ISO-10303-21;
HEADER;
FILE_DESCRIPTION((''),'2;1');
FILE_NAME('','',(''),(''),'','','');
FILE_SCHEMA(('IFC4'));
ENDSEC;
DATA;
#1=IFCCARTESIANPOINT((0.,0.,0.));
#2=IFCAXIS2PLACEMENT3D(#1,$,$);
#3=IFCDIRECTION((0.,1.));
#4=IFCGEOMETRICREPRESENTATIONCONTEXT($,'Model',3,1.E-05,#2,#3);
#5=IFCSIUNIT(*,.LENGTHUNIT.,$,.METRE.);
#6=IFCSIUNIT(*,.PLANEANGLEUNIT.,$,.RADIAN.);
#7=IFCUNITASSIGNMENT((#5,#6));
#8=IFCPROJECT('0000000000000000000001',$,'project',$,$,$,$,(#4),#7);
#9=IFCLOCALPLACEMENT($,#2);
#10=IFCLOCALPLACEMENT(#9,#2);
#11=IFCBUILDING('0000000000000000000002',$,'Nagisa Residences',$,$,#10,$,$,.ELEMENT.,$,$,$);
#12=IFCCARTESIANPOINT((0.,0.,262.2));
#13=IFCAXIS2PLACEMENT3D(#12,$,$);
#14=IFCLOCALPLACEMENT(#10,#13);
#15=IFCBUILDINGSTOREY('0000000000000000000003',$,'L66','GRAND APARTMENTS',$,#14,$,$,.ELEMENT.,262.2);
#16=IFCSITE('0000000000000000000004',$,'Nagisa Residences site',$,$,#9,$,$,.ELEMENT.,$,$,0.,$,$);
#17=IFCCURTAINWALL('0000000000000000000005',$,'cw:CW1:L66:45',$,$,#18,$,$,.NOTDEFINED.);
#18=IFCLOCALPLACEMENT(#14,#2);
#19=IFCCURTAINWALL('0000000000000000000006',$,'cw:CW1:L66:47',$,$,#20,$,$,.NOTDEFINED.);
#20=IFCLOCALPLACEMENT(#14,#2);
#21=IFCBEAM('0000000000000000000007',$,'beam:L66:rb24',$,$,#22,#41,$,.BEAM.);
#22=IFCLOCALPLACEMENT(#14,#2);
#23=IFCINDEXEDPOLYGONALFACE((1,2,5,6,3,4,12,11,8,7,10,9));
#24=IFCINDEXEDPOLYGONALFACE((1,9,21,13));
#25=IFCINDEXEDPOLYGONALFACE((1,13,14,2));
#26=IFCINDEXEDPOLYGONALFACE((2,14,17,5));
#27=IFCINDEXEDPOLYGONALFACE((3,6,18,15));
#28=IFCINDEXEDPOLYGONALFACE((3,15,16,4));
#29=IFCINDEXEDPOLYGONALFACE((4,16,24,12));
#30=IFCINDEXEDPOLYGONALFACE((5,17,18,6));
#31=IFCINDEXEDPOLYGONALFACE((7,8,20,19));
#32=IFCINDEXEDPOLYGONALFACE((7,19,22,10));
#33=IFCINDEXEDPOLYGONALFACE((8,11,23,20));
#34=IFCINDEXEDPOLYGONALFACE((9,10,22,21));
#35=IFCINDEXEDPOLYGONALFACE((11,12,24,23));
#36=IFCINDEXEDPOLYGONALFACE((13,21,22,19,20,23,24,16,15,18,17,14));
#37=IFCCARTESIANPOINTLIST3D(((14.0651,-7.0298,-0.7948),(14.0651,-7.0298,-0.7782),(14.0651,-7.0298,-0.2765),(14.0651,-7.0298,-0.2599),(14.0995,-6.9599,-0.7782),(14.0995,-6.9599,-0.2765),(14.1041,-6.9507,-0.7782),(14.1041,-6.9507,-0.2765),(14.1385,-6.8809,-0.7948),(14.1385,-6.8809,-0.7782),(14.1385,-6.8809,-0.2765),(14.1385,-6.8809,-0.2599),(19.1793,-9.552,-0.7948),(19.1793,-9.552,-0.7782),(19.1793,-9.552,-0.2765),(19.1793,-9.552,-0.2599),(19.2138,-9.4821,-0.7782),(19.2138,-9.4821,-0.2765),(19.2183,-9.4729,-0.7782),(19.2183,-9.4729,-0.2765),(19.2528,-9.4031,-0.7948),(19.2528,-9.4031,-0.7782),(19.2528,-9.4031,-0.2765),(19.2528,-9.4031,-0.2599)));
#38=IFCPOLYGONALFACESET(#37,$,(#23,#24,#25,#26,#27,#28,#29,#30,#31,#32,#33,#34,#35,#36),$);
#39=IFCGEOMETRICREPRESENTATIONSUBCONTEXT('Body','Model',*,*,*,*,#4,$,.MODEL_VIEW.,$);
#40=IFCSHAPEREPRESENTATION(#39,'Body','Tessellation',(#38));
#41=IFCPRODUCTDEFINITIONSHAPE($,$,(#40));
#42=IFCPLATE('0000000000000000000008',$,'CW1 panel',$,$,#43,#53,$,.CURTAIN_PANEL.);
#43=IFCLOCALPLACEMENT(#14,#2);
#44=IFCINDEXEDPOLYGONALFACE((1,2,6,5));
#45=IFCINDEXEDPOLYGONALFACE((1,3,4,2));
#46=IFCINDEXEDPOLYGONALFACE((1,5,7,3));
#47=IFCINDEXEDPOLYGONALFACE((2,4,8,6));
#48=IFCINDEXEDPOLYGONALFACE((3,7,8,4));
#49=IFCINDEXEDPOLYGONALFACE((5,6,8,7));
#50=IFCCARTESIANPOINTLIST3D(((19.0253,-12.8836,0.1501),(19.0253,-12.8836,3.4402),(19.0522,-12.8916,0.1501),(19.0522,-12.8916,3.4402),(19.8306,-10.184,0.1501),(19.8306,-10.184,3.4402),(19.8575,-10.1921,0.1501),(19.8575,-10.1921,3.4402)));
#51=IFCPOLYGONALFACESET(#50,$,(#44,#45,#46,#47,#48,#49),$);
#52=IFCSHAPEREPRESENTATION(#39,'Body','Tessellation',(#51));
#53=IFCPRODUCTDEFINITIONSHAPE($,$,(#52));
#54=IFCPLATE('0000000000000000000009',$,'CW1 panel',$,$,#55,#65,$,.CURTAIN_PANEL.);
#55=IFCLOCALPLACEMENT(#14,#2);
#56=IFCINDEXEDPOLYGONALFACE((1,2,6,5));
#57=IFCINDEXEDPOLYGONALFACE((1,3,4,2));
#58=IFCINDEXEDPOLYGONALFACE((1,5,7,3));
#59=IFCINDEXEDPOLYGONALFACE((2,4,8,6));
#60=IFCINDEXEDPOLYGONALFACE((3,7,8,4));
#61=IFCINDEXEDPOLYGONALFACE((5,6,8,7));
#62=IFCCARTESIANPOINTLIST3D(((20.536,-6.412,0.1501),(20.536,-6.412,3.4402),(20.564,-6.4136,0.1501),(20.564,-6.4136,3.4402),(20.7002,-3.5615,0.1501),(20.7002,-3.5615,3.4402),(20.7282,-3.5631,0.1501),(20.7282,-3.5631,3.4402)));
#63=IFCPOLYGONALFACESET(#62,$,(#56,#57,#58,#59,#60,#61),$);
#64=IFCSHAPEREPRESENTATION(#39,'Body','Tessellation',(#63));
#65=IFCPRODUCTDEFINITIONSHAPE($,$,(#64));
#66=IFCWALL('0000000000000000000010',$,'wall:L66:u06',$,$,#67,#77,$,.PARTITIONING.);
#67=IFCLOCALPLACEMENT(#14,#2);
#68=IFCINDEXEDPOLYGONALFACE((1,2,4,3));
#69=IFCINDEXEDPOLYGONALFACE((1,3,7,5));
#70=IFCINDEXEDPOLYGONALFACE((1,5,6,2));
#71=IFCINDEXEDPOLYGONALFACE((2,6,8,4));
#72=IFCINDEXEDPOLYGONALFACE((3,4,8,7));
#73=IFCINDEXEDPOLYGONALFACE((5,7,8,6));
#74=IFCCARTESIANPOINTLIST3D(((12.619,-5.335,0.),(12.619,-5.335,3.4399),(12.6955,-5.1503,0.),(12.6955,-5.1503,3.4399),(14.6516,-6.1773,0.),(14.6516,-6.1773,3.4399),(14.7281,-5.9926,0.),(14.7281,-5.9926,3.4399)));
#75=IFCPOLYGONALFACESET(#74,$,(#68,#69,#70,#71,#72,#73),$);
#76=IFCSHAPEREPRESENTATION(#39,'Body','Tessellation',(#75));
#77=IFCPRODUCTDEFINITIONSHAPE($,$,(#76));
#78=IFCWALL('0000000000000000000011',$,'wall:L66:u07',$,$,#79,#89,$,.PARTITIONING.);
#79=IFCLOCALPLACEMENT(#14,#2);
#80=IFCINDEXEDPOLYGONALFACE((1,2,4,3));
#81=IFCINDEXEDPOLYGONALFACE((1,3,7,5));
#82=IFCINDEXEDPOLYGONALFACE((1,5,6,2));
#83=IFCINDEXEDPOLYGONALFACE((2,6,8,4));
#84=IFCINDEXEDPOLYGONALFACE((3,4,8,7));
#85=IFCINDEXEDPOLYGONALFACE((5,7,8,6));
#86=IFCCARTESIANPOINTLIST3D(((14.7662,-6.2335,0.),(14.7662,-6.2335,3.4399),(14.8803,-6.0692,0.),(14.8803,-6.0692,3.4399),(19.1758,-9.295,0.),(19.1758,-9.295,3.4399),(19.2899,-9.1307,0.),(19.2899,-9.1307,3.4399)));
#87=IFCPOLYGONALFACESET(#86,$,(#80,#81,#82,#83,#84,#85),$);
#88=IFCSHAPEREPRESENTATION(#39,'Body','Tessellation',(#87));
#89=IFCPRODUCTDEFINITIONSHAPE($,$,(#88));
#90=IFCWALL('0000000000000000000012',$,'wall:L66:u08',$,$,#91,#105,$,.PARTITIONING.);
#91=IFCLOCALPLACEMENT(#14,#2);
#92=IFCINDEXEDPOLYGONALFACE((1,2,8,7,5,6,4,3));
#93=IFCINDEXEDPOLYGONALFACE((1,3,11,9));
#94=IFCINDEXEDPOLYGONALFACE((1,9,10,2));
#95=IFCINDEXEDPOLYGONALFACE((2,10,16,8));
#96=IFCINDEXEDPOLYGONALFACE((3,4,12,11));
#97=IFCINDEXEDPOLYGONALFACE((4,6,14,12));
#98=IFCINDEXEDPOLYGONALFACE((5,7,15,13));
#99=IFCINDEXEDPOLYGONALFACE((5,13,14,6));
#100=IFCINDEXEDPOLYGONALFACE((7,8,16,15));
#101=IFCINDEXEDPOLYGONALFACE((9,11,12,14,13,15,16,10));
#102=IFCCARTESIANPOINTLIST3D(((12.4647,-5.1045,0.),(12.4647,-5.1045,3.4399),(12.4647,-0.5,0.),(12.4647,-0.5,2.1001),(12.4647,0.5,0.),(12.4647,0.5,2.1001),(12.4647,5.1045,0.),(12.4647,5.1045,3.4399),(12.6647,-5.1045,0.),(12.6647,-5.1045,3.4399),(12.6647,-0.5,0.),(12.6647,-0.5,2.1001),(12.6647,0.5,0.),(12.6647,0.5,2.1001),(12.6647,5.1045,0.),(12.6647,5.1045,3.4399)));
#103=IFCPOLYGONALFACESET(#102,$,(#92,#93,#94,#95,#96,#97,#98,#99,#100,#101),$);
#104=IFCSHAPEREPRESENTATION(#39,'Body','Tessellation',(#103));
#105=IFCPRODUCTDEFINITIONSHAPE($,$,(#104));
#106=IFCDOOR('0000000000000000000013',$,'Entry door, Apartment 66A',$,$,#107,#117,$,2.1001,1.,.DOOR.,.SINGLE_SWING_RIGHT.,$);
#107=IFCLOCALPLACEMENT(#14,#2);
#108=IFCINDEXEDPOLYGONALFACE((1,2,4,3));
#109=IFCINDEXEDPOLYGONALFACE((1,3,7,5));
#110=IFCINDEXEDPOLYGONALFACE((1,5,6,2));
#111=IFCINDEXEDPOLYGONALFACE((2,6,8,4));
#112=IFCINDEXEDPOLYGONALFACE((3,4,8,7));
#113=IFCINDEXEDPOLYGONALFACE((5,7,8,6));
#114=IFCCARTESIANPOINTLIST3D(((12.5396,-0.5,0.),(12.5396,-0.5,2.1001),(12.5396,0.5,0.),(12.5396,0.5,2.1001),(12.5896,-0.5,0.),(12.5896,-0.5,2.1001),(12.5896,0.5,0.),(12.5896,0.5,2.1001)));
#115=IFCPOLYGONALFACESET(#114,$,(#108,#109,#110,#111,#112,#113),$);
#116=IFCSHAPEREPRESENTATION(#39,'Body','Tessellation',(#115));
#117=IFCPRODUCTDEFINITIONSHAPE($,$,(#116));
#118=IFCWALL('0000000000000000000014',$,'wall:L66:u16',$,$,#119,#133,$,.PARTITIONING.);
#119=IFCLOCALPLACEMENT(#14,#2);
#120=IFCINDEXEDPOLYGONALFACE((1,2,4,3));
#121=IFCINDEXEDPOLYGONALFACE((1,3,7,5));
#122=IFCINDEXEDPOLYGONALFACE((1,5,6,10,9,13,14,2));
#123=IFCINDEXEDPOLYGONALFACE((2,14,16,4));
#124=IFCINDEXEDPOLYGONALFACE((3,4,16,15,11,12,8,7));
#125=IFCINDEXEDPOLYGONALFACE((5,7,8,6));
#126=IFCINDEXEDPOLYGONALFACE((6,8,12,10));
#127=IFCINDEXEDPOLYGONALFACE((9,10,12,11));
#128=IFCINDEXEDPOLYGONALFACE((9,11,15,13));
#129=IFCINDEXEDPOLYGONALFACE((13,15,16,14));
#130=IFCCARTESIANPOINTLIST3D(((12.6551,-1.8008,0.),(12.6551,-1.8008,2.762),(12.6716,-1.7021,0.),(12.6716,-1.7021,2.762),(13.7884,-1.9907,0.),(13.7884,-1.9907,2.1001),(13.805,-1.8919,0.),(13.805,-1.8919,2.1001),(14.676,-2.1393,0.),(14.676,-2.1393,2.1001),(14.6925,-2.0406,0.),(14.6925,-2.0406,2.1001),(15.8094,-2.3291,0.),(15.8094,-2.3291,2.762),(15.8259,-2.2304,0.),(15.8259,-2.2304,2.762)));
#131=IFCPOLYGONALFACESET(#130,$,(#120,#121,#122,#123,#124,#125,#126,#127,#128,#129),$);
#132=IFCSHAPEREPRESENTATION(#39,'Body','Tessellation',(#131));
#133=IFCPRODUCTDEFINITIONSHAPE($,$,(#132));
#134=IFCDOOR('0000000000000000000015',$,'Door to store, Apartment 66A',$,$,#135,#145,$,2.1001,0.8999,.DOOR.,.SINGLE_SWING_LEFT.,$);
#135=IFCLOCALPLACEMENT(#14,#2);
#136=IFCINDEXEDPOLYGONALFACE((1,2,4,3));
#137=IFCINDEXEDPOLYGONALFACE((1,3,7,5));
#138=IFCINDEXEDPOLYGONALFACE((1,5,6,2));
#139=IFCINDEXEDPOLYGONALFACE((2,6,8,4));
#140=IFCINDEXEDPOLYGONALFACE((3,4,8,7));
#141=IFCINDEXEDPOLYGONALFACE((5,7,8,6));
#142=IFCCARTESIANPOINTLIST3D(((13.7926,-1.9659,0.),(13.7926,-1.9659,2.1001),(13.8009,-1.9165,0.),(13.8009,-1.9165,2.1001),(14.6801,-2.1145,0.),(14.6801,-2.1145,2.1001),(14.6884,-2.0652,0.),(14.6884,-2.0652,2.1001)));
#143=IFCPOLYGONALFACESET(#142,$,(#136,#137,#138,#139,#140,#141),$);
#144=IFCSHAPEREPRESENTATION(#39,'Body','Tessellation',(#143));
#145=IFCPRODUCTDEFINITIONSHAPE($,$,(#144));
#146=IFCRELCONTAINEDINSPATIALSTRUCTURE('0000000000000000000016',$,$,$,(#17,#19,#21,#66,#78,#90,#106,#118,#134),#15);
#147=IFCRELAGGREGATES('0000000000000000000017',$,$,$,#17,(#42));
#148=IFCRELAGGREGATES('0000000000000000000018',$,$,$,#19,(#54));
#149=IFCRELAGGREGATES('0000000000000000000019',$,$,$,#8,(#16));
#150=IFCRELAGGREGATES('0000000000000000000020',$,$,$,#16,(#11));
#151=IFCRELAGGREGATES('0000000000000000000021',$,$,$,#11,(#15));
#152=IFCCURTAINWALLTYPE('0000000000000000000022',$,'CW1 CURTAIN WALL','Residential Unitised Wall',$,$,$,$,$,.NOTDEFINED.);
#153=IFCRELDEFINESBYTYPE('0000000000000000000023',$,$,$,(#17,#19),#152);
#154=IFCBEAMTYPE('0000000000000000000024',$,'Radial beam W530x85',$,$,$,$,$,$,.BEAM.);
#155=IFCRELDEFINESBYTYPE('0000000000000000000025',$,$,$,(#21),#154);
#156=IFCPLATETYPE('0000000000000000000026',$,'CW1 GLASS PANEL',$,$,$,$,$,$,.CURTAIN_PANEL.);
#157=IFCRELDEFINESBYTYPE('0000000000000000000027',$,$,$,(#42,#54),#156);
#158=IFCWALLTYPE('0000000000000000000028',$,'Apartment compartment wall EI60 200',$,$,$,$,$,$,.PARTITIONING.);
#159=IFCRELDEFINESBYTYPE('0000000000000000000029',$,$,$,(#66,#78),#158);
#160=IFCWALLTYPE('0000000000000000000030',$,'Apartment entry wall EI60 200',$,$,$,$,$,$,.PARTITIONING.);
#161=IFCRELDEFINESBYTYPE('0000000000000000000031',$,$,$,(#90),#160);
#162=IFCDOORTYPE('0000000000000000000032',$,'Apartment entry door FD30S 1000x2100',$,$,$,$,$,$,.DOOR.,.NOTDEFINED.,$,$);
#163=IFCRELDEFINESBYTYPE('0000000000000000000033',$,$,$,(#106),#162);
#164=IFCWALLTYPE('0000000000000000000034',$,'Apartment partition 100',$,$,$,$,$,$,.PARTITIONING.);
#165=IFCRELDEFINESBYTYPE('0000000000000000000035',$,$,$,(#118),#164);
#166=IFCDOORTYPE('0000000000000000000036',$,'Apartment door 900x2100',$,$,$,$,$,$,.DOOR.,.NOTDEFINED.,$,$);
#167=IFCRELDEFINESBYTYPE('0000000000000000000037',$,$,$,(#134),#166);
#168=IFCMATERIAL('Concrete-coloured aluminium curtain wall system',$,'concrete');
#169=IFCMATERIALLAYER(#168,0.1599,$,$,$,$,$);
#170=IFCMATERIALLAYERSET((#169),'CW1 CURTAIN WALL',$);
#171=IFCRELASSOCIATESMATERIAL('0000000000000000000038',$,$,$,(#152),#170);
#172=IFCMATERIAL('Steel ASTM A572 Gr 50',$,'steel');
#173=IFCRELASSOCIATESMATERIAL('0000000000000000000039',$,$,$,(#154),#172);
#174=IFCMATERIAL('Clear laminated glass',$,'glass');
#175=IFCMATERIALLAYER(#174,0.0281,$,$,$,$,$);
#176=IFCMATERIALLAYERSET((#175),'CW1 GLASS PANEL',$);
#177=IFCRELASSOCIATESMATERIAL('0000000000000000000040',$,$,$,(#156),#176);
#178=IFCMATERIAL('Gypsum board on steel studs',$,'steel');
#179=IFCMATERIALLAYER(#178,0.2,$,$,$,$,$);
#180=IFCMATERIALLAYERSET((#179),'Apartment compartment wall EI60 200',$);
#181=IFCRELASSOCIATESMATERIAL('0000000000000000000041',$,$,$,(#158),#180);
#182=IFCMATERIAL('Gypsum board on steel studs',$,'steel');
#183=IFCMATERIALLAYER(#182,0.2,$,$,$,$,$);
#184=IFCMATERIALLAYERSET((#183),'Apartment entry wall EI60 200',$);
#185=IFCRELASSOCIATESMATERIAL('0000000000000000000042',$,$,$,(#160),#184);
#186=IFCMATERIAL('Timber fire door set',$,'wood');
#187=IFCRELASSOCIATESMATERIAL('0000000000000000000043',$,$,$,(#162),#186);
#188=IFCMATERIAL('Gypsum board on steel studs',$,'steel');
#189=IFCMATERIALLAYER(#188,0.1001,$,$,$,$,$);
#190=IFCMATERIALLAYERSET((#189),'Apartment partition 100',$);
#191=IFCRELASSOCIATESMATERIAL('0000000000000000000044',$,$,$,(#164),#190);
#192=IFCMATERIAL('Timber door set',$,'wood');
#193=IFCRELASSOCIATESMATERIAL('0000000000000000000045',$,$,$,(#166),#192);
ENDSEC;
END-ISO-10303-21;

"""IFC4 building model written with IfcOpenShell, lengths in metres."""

from ifc_helpers import new_model, si_unit, direction, frame, frame_2d, origin, origin_2d, place, context, subcontext, project, spatial, rectangle, i_section, extrude, material, layer, layer_set, material_profile, profile_set, type_object, element, fill, aggregate, save


model = new_model("IFC4")

# Units and contexts
model_context = context("Model", 3, precision=1e-05, world=origin(), true_north=direction((0.0, 1.0)))
body_context = subcontext(model_context, "Body", "Model", "MODEL_VIEW")
ifc_project = project(units=[si_unit("LENGTHUNIT", "METRE"), si_unit("PLANEANGLEUNIT", "RADIAN")], contexts=[model_context])

# Site, building, storey
site_placement = place(None, origin())
site = spatial("IfcSite", under=ifc_project, at=site_placement, Name="Nagisa Residences site", CompositionType="ELEMENT", RefElevation=0.0)
building_placement = place(site_placement, origin())
building = spatial("IfcBuilding", under=site, at=building_placement, Name="Nagisa Residences", CompositionType="ELEMENT")
storey_placement = place(building_placement, frame((0.0, 0.0, 262.2)))
storey = spatial("IfcBuildingStorey", under=building, at=storey_placement, Name="L66", Description="GRAND APARTMENTS", CompositionType="ELEMENT", Elevation=262.2)

# Curtain wall
ifc_material_1 = material(Name="Concrete-coloured aluminium curtain wall system", Category="concrete")
ifc_layer_1 = layer(ifc_material_1, 0.1599)
ifc_layer_set_1 = layer_set([ifc_layer_1], Name="CW1 CURTAIN WALL")
curtain_wall_type = type_object("IfcCurtainWallType", Name="CW1 CURTAIN WALL", Description="Residential Unitised Wall", PredefinedType="NOTDEFINED", material=ifc_layer_set_1)
curtain_wall_1_placement = place(storey_placement, origin())
curtain_wall_1 = element("IfcCurtainWall", 1, at=curtain_wall_1_placement, inside=storey, type_object=curtain_wall_type, Name="cw:CW1:L66:45", PredefinedType="NOTDEFINED")

# Curtain wall
curtain_wall_2_placement = place(storey_placement, origin())
curtain_wall_2 = element("IfcCurtainWall", 2, at=curtain_wall_2_placement, inside=storey, type_object=curtain_wall_type, Name="cw:CW1:L66:47", PredefinedType="NOTDEFINED")

# Beam
ifc_material_2 = material(Name="Steel ASTM A572 Gr 50", Category="steel")
ifc_material_profile_1 = material_profile(ifc_material_2, i_section(OverallWidth=0.166, OverallDepth=0.5349, WebThickness=0.0103, FlangeThickness=0.0166, at=origin_2d()), Name="W530x85")
ifc_profile_set_1 = profile_set([ifc_material_profile_1], Name="Steel ASTM A572 Gr 50")
beam_type_1 = type_object("IfcBeamType", Name="Radial beam W530x85", PredefinedType="BEAM", material=ifc_profile_set_1)
beam_1_placement = place(storey_placement, frame((19.2161, -9.4775, -0.5273), z_axis=(-0.896863, 0.442309, 0.0), x_axis=(-0.442309, -0.896863, 0.0)))
element("IfcBeam", 3, at=beam_1_placement, inside=storey, type_object=beam_type_1, Name="beam:L66:rb24", PredefinedType="BEAM", context=body_context, shape_type="SweptSolid", body=[
    extrude(i_section(OverallWidth=0.166, OverallDepth=0.5349, WebThickness=0.0103, FlangeThickness=0.0166, at=origin_2d()), origin(), (0.0, 0.0, 1.0), 5.7024),
])

# Plates
ifc_material_3 = material(Name="Clear laminated glass", Category="glass")
ifc_layer_2 = layer(ifc_material_3, 0.0281)
ifc_layer_set_2 = layer_set([ifc_layer_2], Name="CW1 GLASS PANEL")
plate_type = type_object("IfcPlateType", Name="CW1 GLASS PANEL", PredefinedType="CURTAIN_PANEL", material=ifc_layer_set_2)
plate_1_placement = place(storey_placement, frame((19.4414, -11.5378, 0.1501), z_axis=(0.0, 0.0, 1.0), x_axis=(0.28586, 0.958271, 0.0)))
plate_1 = element("IfcPlate", 4, at=plate_1_placement, type_object=plate_type, Name="CW1 panel", PredefinedType="CURTAIN_PANEL", context=body_context, shape_type="SweptSolid", body=[
    extrude(rectangle(XDim=2.8171, YDim=0.0281, at=origin_2d()), origin(), (0.0, 0.0, 1.0), 3.29),
])
aggregate(curtain_wall_1, [plate_1])
plate_2_placement = place(storey_placement, frame((20.6321, -4.9875, 0.1501), z_axis=(0.0, 0.0, 1.0), x_axis=(0.057503, 0.998345, 0.0)))
plate_2 = element("IfcPlate", 5, at=plate_2_placement, type_object=plate_type, Name="CW1 panel", PredefinedType="CURTAIN_PANEL", context=body_context, shape_type="SweptSolid", body=[
    extrude(rectangle(XDim=2.8552, YDim=0.0281, at=origin_2d()), origin(), (0.0, 0.0, 1.0), 3.29),
])
aggregate(curtain_wall_2, [plate_2])

# Walls
ifc_material_4 = material(Name="Gypsum board on steel studs", Category="steel")
ifc_layer_3 = layer(ifc_material_4, 0.2)
ifc_layer_set_3 = layer_set([ifc_layer_3], Name="Apartment compartment wall EI60 200")
wall_type_1 = type_object("IfcWallType", Name="Apartment compartment wall EI60 200", PredefinedType="PARTITIONING", material=ifc_layer_set_3)
wall_1_placement = place(storey_placement, frame((12.6572, -5.2427, 0.0), z_axis=(0.0, 0.0, 1.0), x_axis=(0.92383, -0.382803, 0.0)))
element("IfcWall", 6, at=wall_1_placement, inside=storey, type_object=wall_type_1, Name="wall:L66:u06", PredefinedType="PARTITIONING", context=body_context, shape_type="SweptSolid", body=[
    extrude(rectangle(XDim=2.2002, YDim=0.2, at=frame_2d((1.1001, 0.0))), origin(), (0.0, 0.0, 1.0), 3.4399),
])
wall_2_placement = place(storey_placement, frame((14.8232, -6.1514, 0.0), z_axis=(0.0, 0.0, 1.0), x_axis=(0.821435, -0.570302, 0.0)))
element("IfcWall", 7, at=wall_2_placement, inside=storey, type_object=wall_type_1, Name="wall:L66:u07", PredefinedType="PARTITIONING", context=body_context, shape_type="SweptSolid", body=[
    extrude(rectangle(XDim=5.3682, YDim=0.2, at=frame_2d((2.6841, 0.0))), origin(), (0.0, 0.0, 1.0), 3.4399),
])

# Walls, openings, doors
ifc_material_5 = material(Name="Gypsum board on steel studs", Category="steel")
ifc_layer_4 = layer(ifc_material_5, 0.2)
ifc_layer_set_4 = layer_set([ifc_layer_4], Name="Apartment entry wall EI60 200")
wall_type_2 = type_object("IfcWallType", Name="Apartment entry wall EI60 200", PredefinedType="PARTITIONING", material=ifc_layer_set_4)
wall_3_placement = place(storey_placement, frame((12.5647, -5.1045, 0.0), z_axis=(0.0, 0.0, 1.0), x_axis=(0.0, 1.0, 0.0)))
wall_3 = element("IfcWall", 8, at=wall_3_placement, inside=storey, type_object=wall_type_2, Name="wall:L66:u08", PredefinedType="PARTITIONING", context=body_context, shape_type="SweptSolid", body=[
    extrude(rectangle(XDim=10.209, YDim=0.2, at=frame_2d((5.1045, 0.0))), origin(), (0.0, 0.0, 1.0), 3.4399),
])
opening_1_placement = place(wall_3_placement, frame((4.6045, 0.0, 0.0)))
opening_1 = element("IfcOpeningElement", 9, at=opening_1_placement, cuts=wall_3, PredefinedType="OPENING", context=body_context, shape_type="SweptSolid", body=[
    extrude(rectangle(XDim=1.0, YDim=2.1001, at=frame_2d((0.5, 1.05))), frame((0.0, 0.1099, 0.0), z_axis=(0.0, -1.0, 0.0), x_axis=(1.0, 0.0, 0.0)), (0.0, 0.0, 1.0), 0.22),
])
ifc_material_6 = material(Name="Timber fire door set", Category="wood")
door_type_1 = type_object("IfcDoorType", Name="Apartment entry door FD30S 1000x2100", OperationType="NOTDEFINED", PredefinedType="DOOR", material=ifc_material_6)
door_1_placement = place(opening_1_placement, frame((1.0, 0.0, 0.0), x_axis=(-1.0, 0.0, 0.0)))
door_1 = element("IfcDoor", 10, at=door_1_placement, inside=storey, type_object=door_type_1, Name="Entry door, Apartment 66A", OperationType="SINGLE_SWING_RIGHT", OverallHeight=2.1001, OverallWidth=1.0, PredefinedType="DOOR", context=body_context, shape_type="SweptSolid", body=[
    extrude(rectangle(XDim=1.0, YDim=2.1001, at=frame_2d((0.5, 1.05))), frame((0.0, 0.0249, 0.0), z_axis=(0.0, -1.0, 0.0), x_axis=(1.0, 0.0, 0.0)), (0.0, 0.0, 1.0), 0.05),
])
fill(opening_1, door_1)
ifc_material_7 = material(Name="Gypsum board on steel studs", Category="steel")
ifc_layer_5 = layer(ifc_material_7, 0.1001)
ifc_layer_set_5 = layer_set([ifc_layer_5], Name="Apartment partition 100")
wall_type_3 = type_object("IfcWallType", Name="Apartment partition 100", PredefinedType="PARTITIONING", material=ifc_layer_set_5)
wall_4_placement = place(storey_placement, frame((12.6633, -1.7515, 0.0), z_axis=(0.0, 0.0, 1.0), x_axis=(0.986262, -0.165191, 0.0)))
wall_4 = element("IfcWall", 11, at=wall_4_placement, inside=storey, type_object=wall_type_3, Name="wall:L66:u16", PredefinedType="PARTITIONING", context=body_context, shape_type="SweptSolid", body=[
    extrude(rectangle(XDim=3.1982, YDim=0.1001, at=frame_2d((1.5991, 0.0))), origin(), (0.0, 0.0, 1.0), 2.762),
])
opening_2_placement = place(wall_4_placement, frame((1.1492, 0.0, 0.0)))
opening_2 = element("IfcOpeningElement", 12, at=opening_2_placement, cuts=wall_4, PredefinedType="OPENING", context=body_context, shape_type="SweptSolid", body=[
    extrude(rectangle(XDim=0.8999, YDim=2.1001, at=frame_2d((0.45, 1.05))), frame((0.0, 0.0601, 0.0), z_axis=(0.0, -1.0, 0.0), x_axis=(1.0, 0.0, 0.0)), (0.0, 0.0, 1.0), 0.1201),
])
ifc_material_8 = material(Name="Timber door set", Category="wood")
door_type_2 = type_object("IfcDoorType", Name="Apartment door 900x2100", OperationType="NOTDEFINED", PredefinedType="DOOR", material=ifc_material_8)
door_2_placement = place(opening_2_placement, frame((0.8999, 0.0, 0.0), x_axis=(-1.0, 0.0, 0.0)))
door_2 = element("IfcDoor", 13, at=door_2_placement, inside=storey, type_object=door_type_2, Name="Door to store, Apartment 66A", OperationType="SINGLE_SWING_LEFT", OverallHeight=2.1001, OverallWidth=0.8999, PredefinedType="DOOR", context=body_context, shape_type="SweptSolid", body=[
    extrude(rectangle(XDim=0.8999, YDim=2.1001, at=frame_2d((0.45, 1.05))), frame((0.0, 0.0249, 0.0), z_axis=(0.0, -1.0, 0.0), x_axis=(1.0, 0.0, 0.0)), (0.0, 0.0, 1.0), 0.05),
])
fill(opening_2, door_2)

save(model, "model.ifc")
